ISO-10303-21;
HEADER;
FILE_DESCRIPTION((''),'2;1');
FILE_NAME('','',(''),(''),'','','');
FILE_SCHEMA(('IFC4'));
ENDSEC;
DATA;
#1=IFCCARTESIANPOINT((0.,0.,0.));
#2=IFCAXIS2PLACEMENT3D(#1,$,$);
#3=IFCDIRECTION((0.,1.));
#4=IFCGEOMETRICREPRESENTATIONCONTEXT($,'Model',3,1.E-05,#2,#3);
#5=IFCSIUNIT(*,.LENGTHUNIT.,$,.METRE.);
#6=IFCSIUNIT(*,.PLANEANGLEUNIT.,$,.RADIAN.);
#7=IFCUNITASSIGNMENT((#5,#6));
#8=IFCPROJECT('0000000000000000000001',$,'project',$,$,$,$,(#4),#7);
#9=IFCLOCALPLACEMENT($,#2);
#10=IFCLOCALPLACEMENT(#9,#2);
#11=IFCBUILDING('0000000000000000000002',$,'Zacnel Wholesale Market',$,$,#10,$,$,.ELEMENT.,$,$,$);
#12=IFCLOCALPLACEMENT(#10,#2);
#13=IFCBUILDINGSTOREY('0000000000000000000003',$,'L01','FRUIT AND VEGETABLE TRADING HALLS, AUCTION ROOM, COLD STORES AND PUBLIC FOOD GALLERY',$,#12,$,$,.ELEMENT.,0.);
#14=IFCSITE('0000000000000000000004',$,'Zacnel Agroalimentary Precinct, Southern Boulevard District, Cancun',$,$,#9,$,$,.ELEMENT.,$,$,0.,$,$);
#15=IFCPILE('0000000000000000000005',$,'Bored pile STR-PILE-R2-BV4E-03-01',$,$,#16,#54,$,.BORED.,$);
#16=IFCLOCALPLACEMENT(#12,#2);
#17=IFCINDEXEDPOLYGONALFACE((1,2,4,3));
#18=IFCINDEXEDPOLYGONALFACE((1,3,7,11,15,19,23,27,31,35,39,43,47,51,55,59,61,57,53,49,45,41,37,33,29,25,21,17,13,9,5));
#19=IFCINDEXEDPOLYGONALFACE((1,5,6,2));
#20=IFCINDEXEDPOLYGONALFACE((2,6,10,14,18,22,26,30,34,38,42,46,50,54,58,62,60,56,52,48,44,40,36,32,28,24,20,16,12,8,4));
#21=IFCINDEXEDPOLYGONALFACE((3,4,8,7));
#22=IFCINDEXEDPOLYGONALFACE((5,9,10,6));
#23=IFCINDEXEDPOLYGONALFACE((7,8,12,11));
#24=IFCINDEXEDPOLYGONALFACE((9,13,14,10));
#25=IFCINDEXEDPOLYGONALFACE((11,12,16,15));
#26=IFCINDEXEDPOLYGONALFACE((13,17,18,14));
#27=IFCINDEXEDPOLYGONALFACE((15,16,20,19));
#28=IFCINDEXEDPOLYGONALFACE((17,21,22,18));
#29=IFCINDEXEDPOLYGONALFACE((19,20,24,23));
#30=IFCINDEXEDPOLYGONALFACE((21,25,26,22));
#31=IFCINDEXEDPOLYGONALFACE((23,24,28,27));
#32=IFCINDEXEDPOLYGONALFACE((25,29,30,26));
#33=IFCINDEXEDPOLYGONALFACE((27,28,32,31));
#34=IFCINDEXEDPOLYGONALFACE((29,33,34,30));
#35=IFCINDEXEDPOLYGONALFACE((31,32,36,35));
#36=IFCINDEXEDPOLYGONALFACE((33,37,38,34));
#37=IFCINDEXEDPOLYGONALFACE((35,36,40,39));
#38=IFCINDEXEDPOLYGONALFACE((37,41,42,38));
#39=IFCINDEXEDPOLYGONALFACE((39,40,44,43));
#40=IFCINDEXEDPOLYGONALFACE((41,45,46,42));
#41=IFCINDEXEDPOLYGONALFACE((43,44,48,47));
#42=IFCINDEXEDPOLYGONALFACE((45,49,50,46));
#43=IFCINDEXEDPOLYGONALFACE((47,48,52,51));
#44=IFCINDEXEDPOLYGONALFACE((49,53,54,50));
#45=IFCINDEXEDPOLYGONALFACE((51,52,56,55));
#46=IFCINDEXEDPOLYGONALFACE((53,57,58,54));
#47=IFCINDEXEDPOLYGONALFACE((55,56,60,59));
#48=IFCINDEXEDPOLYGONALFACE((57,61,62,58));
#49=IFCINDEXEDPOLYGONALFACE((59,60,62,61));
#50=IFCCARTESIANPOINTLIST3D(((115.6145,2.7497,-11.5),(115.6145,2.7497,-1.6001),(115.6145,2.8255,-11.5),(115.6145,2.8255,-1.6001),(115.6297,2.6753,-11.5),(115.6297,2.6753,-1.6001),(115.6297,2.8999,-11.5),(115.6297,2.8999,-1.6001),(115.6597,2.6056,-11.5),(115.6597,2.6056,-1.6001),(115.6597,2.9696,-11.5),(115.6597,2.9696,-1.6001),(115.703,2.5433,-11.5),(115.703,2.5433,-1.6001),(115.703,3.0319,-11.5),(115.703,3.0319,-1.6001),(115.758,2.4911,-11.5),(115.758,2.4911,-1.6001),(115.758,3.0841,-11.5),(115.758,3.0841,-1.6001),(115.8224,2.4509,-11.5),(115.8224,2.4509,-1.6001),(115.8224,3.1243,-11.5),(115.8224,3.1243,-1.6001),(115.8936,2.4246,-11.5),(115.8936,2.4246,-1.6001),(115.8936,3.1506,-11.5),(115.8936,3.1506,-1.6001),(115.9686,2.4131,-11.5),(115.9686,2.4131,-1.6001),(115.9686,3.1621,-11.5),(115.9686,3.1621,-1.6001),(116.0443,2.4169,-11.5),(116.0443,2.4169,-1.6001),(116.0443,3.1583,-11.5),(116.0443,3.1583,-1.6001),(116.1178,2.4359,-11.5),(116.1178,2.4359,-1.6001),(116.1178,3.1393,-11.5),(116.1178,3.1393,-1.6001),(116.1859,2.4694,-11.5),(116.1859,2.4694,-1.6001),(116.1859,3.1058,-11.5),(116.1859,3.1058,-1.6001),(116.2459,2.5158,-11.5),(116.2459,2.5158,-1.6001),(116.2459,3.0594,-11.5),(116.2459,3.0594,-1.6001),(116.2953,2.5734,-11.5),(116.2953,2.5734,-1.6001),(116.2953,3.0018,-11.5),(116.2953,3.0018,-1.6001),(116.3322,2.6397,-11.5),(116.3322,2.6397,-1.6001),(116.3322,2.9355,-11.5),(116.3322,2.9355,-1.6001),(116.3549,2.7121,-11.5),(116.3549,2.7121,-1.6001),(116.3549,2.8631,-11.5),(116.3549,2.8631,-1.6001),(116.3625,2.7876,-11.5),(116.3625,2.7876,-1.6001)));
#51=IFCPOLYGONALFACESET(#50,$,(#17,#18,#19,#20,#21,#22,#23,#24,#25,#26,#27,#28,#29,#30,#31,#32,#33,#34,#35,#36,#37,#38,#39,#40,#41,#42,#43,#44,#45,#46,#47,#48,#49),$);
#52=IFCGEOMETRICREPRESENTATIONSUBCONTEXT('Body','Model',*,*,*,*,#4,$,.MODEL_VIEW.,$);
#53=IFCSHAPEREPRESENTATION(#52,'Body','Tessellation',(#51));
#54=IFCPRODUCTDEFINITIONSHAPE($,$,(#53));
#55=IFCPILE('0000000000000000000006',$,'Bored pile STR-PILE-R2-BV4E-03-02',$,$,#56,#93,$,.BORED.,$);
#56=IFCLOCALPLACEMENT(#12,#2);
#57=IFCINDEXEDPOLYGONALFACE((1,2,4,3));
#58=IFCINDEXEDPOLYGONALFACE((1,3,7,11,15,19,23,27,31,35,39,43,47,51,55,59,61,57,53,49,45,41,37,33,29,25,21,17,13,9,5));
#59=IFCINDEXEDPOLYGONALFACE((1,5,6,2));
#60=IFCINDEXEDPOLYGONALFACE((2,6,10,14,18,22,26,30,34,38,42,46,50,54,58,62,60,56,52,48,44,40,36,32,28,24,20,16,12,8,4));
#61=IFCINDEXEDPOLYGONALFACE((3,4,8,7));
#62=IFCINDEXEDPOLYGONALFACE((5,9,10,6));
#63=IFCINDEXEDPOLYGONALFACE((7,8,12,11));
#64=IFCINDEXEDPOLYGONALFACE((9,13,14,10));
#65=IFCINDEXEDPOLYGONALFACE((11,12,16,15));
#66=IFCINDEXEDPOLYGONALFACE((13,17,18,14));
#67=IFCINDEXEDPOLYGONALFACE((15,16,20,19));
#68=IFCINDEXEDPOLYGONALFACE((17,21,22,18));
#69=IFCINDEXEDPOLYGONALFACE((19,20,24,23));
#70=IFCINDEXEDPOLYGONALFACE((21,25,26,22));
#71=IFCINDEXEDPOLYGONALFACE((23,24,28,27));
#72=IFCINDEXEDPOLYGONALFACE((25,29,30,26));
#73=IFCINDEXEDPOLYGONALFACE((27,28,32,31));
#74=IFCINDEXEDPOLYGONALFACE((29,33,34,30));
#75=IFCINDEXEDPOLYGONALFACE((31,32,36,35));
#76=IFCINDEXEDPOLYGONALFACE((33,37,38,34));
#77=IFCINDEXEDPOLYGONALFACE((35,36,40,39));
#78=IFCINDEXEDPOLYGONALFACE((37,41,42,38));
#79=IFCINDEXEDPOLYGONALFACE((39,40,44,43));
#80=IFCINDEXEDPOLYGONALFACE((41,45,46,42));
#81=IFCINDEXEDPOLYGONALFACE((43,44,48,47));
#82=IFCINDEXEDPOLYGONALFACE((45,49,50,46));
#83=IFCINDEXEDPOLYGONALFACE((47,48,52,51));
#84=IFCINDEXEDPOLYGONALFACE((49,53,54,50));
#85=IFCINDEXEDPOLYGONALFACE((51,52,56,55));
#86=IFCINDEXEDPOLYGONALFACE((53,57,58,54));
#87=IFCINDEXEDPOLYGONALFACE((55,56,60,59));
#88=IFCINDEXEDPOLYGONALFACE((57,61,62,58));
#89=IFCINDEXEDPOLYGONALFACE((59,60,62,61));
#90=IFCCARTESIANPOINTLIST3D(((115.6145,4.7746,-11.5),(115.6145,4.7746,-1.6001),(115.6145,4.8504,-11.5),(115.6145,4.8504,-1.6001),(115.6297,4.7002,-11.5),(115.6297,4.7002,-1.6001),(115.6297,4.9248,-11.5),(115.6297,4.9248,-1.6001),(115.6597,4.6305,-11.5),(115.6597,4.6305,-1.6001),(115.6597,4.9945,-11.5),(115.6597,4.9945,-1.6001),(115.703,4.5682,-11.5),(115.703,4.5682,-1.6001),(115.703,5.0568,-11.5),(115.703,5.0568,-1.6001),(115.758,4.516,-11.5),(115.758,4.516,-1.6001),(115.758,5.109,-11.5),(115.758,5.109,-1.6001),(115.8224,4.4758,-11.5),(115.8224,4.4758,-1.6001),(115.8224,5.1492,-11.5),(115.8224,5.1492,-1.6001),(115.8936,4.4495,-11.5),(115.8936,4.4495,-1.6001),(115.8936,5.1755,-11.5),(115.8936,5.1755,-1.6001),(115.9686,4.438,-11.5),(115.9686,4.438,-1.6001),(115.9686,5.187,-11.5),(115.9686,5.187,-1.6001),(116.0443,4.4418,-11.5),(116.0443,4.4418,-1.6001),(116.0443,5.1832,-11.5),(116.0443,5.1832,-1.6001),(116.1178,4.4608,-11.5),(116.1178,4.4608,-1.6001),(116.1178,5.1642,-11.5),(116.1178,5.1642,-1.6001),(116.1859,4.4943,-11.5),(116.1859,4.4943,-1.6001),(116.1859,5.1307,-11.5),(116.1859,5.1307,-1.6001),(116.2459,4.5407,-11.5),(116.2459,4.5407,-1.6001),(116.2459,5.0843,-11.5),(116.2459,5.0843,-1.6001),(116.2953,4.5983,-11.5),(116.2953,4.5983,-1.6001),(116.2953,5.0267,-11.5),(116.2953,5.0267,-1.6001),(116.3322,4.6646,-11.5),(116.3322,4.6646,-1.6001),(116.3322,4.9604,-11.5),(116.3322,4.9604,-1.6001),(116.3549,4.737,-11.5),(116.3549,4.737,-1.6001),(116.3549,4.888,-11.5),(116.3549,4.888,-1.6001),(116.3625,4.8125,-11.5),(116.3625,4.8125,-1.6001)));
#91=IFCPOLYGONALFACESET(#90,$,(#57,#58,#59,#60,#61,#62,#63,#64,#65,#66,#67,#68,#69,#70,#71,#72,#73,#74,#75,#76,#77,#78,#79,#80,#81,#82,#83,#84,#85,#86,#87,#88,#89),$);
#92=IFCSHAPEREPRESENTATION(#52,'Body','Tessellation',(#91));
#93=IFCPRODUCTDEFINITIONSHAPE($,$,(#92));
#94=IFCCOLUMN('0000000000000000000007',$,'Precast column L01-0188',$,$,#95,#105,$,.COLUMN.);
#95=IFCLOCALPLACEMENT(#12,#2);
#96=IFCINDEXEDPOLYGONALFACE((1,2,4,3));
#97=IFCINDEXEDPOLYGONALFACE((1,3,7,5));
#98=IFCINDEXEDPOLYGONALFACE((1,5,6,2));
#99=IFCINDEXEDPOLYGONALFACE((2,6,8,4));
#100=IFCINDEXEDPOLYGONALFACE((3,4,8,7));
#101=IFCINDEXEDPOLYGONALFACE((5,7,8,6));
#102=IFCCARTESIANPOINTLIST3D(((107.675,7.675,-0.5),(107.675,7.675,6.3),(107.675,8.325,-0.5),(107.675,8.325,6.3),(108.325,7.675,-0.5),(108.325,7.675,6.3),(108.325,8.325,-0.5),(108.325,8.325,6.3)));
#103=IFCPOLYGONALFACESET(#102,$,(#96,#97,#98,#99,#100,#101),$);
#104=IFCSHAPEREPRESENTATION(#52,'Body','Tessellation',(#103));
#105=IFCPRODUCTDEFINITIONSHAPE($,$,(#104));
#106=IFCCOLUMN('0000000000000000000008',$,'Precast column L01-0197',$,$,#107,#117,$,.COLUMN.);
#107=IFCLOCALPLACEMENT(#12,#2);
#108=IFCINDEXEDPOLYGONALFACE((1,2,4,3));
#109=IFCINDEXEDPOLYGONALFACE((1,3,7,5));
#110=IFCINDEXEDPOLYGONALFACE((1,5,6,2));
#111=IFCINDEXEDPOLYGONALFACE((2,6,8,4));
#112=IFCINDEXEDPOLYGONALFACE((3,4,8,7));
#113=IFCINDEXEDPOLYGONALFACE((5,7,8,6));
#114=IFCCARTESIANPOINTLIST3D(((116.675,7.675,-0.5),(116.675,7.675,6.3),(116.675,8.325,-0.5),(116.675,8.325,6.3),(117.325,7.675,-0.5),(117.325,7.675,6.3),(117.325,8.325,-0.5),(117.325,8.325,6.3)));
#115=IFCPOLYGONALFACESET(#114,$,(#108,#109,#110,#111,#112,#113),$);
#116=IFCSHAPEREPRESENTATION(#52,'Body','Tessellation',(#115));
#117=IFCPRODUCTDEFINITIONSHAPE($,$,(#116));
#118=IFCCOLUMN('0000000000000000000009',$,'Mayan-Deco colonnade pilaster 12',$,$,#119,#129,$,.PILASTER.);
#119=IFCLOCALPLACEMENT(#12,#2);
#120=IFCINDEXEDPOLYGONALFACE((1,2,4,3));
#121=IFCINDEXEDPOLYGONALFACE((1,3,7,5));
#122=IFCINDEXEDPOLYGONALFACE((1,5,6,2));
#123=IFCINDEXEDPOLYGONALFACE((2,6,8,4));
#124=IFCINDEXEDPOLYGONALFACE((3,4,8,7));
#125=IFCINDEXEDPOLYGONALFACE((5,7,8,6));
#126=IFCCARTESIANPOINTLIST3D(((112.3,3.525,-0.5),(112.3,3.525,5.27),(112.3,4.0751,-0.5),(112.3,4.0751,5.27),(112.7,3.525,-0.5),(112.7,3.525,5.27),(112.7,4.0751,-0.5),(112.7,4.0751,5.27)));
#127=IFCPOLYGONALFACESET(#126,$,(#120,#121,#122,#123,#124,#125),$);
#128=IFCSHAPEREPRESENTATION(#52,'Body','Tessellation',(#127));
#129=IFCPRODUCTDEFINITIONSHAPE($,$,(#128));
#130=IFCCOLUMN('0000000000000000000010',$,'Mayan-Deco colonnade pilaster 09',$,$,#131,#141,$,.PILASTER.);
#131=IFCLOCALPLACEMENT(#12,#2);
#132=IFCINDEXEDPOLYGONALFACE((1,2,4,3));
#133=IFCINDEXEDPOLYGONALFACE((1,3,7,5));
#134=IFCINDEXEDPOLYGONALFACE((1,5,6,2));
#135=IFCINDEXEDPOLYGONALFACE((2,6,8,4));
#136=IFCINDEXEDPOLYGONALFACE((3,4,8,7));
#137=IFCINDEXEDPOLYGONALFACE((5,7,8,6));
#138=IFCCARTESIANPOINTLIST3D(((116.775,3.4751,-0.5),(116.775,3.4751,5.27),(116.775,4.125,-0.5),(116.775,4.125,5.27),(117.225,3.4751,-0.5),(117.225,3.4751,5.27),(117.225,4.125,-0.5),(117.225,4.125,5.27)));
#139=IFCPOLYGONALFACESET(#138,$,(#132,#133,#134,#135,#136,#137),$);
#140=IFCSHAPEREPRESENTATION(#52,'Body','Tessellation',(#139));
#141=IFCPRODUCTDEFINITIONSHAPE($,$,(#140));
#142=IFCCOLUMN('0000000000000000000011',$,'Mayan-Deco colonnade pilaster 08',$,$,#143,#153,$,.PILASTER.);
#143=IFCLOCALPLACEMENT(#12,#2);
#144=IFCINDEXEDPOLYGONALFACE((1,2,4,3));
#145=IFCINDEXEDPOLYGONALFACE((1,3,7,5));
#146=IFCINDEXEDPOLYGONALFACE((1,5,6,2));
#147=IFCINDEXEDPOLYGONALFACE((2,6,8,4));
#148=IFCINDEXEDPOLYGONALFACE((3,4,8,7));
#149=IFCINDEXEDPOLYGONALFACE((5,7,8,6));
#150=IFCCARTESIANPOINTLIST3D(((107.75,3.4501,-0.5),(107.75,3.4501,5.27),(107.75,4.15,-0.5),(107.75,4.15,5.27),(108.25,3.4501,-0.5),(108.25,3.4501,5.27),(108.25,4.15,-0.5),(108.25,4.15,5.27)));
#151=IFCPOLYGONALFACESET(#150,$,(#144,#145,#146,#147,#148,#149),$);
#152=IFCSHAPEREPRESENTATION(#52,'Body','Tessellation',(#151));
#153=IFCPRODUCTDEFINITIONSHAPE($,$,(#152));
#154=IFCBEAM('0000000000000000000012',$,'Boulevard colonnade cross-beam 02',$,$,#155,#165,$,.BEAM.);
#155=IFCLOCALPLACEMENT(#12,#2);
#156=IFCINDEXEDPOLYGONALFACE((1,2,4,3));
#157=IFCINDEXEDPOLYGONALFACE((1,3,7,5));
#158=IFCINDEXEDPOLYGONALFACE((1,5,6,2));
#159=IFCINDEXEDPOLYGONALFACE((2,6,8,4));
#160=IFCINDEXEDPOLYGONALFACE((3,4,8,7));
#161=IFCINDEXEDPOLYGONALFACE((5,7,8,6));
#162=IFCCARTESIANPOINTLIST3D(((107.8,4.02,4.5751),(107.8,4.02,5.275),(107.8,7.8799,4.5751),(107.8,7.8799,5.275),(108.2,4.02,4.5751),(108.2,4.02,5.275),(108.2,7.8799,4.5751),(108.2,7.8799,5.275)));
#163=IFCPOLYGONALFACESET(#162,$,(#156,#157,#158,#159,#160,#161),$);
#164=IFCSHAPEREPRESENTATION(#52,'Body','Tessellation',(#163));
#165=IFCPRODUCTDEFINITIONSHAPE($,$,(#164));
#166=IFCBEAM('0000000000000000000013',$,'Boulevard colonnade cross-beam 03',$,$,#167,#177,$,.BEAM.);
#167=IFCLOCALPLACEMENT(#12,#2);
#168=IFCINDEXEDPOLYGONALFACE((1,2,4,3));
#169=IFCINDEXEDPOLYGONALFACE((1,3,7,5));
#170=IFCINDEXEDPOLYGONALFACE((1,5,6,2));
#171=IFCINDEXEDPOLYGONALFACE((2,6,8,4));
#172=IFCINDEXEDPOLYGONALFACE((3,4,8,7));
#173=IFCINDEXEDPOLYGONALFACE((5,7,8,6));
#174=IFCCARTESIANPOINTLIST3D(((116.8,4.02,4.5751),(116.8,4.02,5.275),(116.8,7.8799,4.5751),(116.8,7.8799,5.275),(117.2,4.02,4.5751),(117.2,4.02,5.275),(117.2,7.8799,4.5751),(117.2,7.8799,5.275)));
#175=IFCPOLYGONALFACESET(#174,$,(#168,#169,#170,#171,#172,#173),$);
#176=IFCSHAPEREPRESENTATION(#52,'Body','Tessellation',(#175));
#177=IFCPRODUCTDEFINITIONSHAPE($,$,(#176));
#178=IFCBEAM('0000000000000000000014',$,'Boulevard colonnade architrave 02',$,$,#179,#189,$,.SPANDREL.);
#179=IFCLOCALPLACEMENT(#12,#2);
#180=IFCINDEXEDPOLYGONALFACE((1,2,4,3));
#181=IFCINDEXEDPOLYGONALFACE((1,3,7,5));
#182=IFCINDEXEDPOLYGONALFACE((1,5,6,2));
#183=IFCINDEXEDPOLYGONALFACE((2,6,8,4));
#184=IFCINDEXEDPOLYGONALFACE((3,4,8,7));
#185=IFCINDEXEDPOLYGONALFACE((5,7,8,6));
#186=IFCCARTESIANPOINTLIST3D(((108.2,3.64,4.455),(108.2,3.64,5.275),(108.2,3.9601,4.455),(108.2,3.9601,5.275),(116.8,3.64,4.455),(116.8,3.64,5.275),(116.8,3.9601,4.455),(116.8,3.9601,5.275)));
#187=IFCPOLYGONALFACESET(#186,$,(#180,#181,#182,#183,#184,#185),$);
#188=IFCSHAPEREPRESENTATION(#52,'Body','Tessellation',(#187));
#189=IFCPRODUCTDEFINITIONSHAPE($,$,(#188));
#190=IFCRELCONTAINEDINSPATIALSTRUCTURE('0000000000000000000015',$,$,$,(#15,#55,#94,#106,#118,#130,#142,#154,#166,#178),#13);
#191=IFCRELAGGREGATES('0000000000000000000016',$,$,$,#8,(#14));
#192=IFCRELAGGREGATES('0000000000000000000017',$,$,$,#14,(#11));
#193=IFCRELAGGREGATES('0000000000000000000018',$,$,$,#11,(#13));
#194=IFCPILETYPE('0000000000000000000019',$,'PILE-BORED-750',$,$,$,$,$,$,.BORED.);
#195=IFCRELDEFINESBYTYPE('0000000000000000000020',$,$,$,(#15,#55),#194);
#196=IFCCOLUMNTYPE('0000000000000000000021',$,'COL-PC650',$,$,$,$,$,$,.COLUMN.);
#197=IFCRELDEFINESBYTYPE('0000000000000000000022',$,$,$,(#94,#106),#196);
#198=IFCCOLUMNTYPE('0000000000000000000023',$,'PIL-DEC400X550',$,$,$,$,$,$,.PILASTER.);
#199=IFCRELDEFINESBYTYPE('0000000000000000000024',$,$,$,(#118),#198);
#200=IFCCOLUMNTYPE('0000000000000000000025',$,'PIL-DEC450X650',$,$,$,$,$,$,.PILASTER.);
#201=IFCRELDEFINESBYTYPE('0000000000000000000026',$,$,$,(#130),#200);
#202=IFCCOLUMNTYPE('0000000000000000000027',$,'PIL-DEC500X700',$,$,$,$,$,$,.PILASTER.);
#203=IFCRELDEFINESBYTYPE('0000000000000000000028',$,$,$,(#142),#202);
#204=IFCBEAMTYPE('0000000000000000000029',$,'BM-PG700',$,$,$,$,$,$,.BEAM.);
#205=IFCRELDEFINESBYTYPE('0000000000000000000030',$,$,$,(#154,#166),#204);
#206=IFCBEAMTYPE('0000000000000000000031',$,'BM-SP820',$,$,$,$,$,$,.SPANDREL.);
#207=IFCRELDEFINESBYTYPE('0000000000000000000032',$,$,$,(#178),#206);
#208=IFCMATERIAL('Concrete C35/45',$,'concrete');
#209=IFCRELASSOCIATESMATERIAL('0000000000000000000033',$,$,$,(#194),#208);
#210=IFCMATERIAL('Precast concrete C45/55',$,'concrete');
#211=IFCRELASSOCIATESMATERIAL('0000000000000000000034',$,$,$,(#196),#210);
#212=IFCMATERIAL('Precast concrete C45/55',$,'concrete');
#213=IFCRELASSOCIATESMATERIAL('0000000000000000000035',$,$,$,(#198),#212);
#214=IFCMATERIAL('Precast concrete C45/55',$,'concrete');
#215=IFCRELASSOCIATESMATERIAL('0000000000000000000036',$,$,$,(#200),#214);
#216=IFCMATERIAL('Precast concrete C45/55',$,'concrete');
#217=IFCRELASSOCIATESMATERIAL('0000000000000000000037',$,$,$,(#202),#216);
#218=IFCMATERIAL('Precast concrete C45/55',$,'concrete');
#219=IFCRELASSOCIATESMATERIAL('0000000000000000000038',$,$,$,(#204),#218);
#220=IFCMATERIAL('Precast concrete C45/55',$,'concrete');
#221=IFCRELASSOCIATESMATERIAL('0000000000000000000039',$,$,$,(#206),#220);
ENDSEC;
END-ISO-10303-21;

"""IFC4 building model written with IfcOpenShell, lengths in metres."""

from ifc_helpers import new_model, si_unit, direction, frame, origin, origin_2d, place, context, subcontext, project, spatial, rectangle, circle, extrude, material, material_profile, profile_set, type_object, element, save


model = new_model("IFC4")

# Units and contexts
model_context = context("Model", 3, precision=1e-05, world=origin(), true_north=direction((0.0, 1.0)))
body_context = subcontext(model_context, "Body", "Model", "MODEL_VIEW")
ifc_project = project(units=[si_unit("LENGTHUNIT", "METRE"), si_unit("PLANEANGLEUNIT", "RADIAN")], contexts=[model_context])

# Site, building, storey
site_placement = place(None, origin())
site = spatial("IfcSite", under=ifc_project, at=site_placement, Name="Zacnel Agroalimentary Precinct, Southern Boulevard District, Cancun", CompositionType="ELEMENT", RefElevation=0.0)
building_placement = place(site_placement, origin())
building = spatial("IfcBuilding", under=site, at=building_placement, Name="Zacnel Wholesale Market", CompositionType="ELEMENT")
storey_placement = place(building_placement, origin())
storey = spatial("IfcBuildingStorey", under=building, at=storey_placement, Name="L01", Description="FRUIT AND VEGETABLE TRADING HALLS, AUCTION ROOM, COLD STORES AND PUBLIC FOOD GALLERY", CompositionType="ELEMENT", Elevation=0.0)

# Piles
ifc_material_1 = material(Name="Concrete C35/45", Category="concrete")
ifc_material_profile_1 = material_profile(ifc_material_1, circle(Radius=0.375, at=origin_2d()), Name="BORED PILE D750")
ifc_profile_set_1 = profile_set([ifc_material_profile_1], Name="Concrete C35/45")
pile_type = type_object("IfcPileType", Name="PILE-BORED-750", PredefinedType="BORED", material=ifc_profile_set_1)
for number, where, z_axis, x_axis, name in (
    (1, (115.9875, 2.7876, -1.6001), (0.0, 0.0, -1.0), (1.0, 0.0, 0.0), "Bored pile STR-PILE-R2-BV4E-03-01"),
    (2, (115.9875, 4.8125, -1.6001), (0.0, 0.0, -1.0), (1.0, 0.0, 0.0), "Bored pile STR-PILE-R2-BV4E-03-02"),
):
    element("IfcPile", number, at=place(storey_placement, frame(where, z_axis=z_axis, x_axis=x_axis)), inside=storey, type_object=pile_type, Name=name, PredefinedType="BORED", context=body_context, shape_type="SweptSolid", body=[
        extrude(circle(Radius=0.375, at=origin_2d()), origin(), (0.0, 0.0, 1.0), 9.8999),
    ])

# Columns
ifc_material_2 = material(Name="Precast concrete C45/55", Category="concrete")
ifc_material_profile_2 = material_profile(ifc_material_2, rectangle(XDim=0.6499, YDim=0.6499, at=origin_2d()), Name="PC 650x650")
ifc_profile_set_2 = profile_set([ifc_material_profile_2], Name="Precast concrete C45/55")
column_type_1 = type_object("IfcColumnType", Name="COL-PC650", PredefinedType="COLUMN", material=ifc_profile_set_2)
for number, where, z_axis, x_axis, name in (
    (3, (108.0, 8.0, -0.5), (0.0, 0.0, 1.0), (1.0, 0.0, 0.0), "Precast column L01-0188"),
    (4, (117.0, 8.0, -0.5), (0.0, 0.0, 1.0), (1.0, 0.0, 0.0), "Precast column L01-0197"),
):
    element("IfcColumn", number, at=place(storey_placement, frame(where, z_axis=z_axis, x_axis=x_axis)), inside=storey, type_object=column_type_1, Name=name, PredefinedType="COLUMN", context=body_context, shape_type="SweptSolid", body=[
        extrude(rectangle(XDim=0.6499, YDim=0.6499, at=origin_2d()), origin(), (0.0, 0.0, 1.0), 6.8),
    ])
ifc_material_3 = material(Name="Precast concrete C45/55", Category="concrete")
ifc_material_profile_3 = material_profile(ifc_material_3, rectangle(XDim=0.3999, YDim=0.55, at=origin_2d()), Name="PIL 400x550")
ifc_profile_set_3 = profile_set([ifc_material_profile_3], Name="Precast concrete C45/55")
column_type_2 = type_object("IfcColumnType", Name="PIL-DEC400X550", PredefinedType="PILASTER", material=ifc_profile_set_3)
column_1_placement = place(storey_placement, frame((112.5, 3.8, -0.5), z_axis=(0.0, 0.0, 1.0), x_axis=(1.0, 0.0, 0.0)))
element("IfcColumn", 5, at=column_1_placement, inside=storey, type_object=column_type_2, Name="Mayan-Deco colonnade pilaster 12", PredefinedType="PILASTER", context=body_context, shape_type="SweptSolid", body=[
    extrude(rectangle(XDim=0.3999, YDim=0.55, at=origin_2d()), origin(), (0.0, 0.0, 1.0), 5.77),
])
ifc_material_4 = material(Name="Precast concrete C45/55", Category="concrete")
ifc_material_profile_4 = material_profile(ifc_material_4, rectangle(XDim=0.45, YDim=0.6499, at=origin_2d()), Name="PIL 450x650")
ifc_profile_set_4 = profile_set([ifc_material_profile_4], Name="Precast concrete C45/55")
column_type_3 = type_object("IfcColumnType", Name="PIL-DEC450X650", PredefinedType="PILASTER", material=ifc_profile_set_4)
column_2_placement = place(storey_placement, frame((117.0, 3.8, -0.5), z_axis=(0.0, 0.0, 1.0), x_axis=(1.0, 0.0, 0.0)))
element("IfcColumn", 6, at=column_2_placement, inside=storey, type_object=column_type_3, Name="Mayan-Deco colonnade pilaster 09", PredefinedType="PILASTER", context=body_context, shape_type="SweptSolid", body=[
    extrude(rectangle(XDim=0.45, YDim=0.6499, at=origin_2d()), origin(), (0.0, 0.0, 1.0), 5.77),
])
ifc_material_5 = material(Name="Precast concrete C45/55", Category="concrete")
ifc_material_profile_5 = material_profile(ifc_material_5, rectangle(XDim=0.5, YDim=0.7, at=origin_2d()), Name="PIL 500x700")
ifc_profile_set_5 = profile_set([ifc_material_profile_5], Name="Precast concrete C45/55")
column_type_4 = type_object("IfcColumnType", Name="PIL-DEC500X700", PredefinedType="PILASTER", material=ifc_profile_set_5)
column_3_placement = place(storey_placement, frame((108.0, 3.8, -0.5), z_axis=(0.0, 0.0, 1.0), x_axis=(1.0, 0.0, 0.0)))
element("IfcColumn", 7, at=column_3_placement, inside=storey, type_object=column_type_4, Name="Mayan-Deco colonnade pilaster 08", PredefinedType="PILASTER", context=body_context, shape_type="SweptSolid", body=[
    extrude(rectangle(XDim=0.5, YDim=0.7, at=origin_2d()), origin(), (0.0, 0.0, 1.0), 5.77),
])

# Beams
ifc_material_6 = material(Name="Precast concrete C45/55", Category="concrete")
ifc_material_profile_6 = material_profile(ifc_material_6, rectangle(XDim=0.3999, YDim=0.7, at=origin_2d()), Name="PG 400x700")
ifc_profile_set_6 = profile_set([ifc_material_profile_6], Name="Precast concrete C45/55")
beam_type_1 = type_object("IfcBeamType", Name="BM-PG700", PredefinedType="BEAM", material=ifc_profile_set_6)
for number, where, z_axis, x_axis, name in (
    (8, (108.0, 4.02, 4.925), (0.0, 1.0, 0.0), (-1.0, 0.0, 0.0), "Boulevard colonnade cross-beam 02"),
    (9, (117.0, 4.02, 4.925), (0.0, 1.0, 0.0), (-1.0, 0.0, 0.0), "Boulevard colonnade cross-beam 03"),
):
    element("IfcBeam", number, at=place(storey_placement, frame(where, z_axis=z_axis, x_axis=x_axis)), inside=storey, type_object=beam_type_1, Name=name, PredefinedType="BEAM", context=body_context, shape_type="SweptSolid", body=[
        extrude(rectangle(XDim=0.3999, YDim=0.7, at=origin_2d()), origin(), (0.0, 0.0, 1.0), 3.8599),
    ])
ifc_material_7 = material(Name="Precast concrete C45/55", Category="concrete")
ifc_material_profile_7 = material_profile(ifc_material_7, rectangle(XDim=0.3201, YDim=0.8201, at=origin_2d()), Name="SP 320x820")
ifc_profile_set_7 = profile_set([ifc_material_profile_7], Name="Precast concrete C45/55")
beam_type_2 = type_object("IfcBeamType", Name="BM-SP820", PredefinedType="SPANDREL", material=ifc_profile_set_7)
beam_placement = place(storey_placement, frame((108.2, 3.8, 4.865), z_axis=(1.0, 0.0, 0.0), x_axis=(0.0, 1.0, 0.0)))
element("IfcBeam", 10, at=beam_placement, inside=storey, type_object=beam_type_2, Name="Boulevard colonnade architrave 02", PredefinedType="SPANDREL", context=body_context, shape_type="SweptSolid", body=[
    extrude(rectangle(XDim=0.3201, YDim=0.8201, at=origin_2d()), origin(), (0.0, 0.0, 1.0), 8.6001),
])

save(model, "model.ifc")
